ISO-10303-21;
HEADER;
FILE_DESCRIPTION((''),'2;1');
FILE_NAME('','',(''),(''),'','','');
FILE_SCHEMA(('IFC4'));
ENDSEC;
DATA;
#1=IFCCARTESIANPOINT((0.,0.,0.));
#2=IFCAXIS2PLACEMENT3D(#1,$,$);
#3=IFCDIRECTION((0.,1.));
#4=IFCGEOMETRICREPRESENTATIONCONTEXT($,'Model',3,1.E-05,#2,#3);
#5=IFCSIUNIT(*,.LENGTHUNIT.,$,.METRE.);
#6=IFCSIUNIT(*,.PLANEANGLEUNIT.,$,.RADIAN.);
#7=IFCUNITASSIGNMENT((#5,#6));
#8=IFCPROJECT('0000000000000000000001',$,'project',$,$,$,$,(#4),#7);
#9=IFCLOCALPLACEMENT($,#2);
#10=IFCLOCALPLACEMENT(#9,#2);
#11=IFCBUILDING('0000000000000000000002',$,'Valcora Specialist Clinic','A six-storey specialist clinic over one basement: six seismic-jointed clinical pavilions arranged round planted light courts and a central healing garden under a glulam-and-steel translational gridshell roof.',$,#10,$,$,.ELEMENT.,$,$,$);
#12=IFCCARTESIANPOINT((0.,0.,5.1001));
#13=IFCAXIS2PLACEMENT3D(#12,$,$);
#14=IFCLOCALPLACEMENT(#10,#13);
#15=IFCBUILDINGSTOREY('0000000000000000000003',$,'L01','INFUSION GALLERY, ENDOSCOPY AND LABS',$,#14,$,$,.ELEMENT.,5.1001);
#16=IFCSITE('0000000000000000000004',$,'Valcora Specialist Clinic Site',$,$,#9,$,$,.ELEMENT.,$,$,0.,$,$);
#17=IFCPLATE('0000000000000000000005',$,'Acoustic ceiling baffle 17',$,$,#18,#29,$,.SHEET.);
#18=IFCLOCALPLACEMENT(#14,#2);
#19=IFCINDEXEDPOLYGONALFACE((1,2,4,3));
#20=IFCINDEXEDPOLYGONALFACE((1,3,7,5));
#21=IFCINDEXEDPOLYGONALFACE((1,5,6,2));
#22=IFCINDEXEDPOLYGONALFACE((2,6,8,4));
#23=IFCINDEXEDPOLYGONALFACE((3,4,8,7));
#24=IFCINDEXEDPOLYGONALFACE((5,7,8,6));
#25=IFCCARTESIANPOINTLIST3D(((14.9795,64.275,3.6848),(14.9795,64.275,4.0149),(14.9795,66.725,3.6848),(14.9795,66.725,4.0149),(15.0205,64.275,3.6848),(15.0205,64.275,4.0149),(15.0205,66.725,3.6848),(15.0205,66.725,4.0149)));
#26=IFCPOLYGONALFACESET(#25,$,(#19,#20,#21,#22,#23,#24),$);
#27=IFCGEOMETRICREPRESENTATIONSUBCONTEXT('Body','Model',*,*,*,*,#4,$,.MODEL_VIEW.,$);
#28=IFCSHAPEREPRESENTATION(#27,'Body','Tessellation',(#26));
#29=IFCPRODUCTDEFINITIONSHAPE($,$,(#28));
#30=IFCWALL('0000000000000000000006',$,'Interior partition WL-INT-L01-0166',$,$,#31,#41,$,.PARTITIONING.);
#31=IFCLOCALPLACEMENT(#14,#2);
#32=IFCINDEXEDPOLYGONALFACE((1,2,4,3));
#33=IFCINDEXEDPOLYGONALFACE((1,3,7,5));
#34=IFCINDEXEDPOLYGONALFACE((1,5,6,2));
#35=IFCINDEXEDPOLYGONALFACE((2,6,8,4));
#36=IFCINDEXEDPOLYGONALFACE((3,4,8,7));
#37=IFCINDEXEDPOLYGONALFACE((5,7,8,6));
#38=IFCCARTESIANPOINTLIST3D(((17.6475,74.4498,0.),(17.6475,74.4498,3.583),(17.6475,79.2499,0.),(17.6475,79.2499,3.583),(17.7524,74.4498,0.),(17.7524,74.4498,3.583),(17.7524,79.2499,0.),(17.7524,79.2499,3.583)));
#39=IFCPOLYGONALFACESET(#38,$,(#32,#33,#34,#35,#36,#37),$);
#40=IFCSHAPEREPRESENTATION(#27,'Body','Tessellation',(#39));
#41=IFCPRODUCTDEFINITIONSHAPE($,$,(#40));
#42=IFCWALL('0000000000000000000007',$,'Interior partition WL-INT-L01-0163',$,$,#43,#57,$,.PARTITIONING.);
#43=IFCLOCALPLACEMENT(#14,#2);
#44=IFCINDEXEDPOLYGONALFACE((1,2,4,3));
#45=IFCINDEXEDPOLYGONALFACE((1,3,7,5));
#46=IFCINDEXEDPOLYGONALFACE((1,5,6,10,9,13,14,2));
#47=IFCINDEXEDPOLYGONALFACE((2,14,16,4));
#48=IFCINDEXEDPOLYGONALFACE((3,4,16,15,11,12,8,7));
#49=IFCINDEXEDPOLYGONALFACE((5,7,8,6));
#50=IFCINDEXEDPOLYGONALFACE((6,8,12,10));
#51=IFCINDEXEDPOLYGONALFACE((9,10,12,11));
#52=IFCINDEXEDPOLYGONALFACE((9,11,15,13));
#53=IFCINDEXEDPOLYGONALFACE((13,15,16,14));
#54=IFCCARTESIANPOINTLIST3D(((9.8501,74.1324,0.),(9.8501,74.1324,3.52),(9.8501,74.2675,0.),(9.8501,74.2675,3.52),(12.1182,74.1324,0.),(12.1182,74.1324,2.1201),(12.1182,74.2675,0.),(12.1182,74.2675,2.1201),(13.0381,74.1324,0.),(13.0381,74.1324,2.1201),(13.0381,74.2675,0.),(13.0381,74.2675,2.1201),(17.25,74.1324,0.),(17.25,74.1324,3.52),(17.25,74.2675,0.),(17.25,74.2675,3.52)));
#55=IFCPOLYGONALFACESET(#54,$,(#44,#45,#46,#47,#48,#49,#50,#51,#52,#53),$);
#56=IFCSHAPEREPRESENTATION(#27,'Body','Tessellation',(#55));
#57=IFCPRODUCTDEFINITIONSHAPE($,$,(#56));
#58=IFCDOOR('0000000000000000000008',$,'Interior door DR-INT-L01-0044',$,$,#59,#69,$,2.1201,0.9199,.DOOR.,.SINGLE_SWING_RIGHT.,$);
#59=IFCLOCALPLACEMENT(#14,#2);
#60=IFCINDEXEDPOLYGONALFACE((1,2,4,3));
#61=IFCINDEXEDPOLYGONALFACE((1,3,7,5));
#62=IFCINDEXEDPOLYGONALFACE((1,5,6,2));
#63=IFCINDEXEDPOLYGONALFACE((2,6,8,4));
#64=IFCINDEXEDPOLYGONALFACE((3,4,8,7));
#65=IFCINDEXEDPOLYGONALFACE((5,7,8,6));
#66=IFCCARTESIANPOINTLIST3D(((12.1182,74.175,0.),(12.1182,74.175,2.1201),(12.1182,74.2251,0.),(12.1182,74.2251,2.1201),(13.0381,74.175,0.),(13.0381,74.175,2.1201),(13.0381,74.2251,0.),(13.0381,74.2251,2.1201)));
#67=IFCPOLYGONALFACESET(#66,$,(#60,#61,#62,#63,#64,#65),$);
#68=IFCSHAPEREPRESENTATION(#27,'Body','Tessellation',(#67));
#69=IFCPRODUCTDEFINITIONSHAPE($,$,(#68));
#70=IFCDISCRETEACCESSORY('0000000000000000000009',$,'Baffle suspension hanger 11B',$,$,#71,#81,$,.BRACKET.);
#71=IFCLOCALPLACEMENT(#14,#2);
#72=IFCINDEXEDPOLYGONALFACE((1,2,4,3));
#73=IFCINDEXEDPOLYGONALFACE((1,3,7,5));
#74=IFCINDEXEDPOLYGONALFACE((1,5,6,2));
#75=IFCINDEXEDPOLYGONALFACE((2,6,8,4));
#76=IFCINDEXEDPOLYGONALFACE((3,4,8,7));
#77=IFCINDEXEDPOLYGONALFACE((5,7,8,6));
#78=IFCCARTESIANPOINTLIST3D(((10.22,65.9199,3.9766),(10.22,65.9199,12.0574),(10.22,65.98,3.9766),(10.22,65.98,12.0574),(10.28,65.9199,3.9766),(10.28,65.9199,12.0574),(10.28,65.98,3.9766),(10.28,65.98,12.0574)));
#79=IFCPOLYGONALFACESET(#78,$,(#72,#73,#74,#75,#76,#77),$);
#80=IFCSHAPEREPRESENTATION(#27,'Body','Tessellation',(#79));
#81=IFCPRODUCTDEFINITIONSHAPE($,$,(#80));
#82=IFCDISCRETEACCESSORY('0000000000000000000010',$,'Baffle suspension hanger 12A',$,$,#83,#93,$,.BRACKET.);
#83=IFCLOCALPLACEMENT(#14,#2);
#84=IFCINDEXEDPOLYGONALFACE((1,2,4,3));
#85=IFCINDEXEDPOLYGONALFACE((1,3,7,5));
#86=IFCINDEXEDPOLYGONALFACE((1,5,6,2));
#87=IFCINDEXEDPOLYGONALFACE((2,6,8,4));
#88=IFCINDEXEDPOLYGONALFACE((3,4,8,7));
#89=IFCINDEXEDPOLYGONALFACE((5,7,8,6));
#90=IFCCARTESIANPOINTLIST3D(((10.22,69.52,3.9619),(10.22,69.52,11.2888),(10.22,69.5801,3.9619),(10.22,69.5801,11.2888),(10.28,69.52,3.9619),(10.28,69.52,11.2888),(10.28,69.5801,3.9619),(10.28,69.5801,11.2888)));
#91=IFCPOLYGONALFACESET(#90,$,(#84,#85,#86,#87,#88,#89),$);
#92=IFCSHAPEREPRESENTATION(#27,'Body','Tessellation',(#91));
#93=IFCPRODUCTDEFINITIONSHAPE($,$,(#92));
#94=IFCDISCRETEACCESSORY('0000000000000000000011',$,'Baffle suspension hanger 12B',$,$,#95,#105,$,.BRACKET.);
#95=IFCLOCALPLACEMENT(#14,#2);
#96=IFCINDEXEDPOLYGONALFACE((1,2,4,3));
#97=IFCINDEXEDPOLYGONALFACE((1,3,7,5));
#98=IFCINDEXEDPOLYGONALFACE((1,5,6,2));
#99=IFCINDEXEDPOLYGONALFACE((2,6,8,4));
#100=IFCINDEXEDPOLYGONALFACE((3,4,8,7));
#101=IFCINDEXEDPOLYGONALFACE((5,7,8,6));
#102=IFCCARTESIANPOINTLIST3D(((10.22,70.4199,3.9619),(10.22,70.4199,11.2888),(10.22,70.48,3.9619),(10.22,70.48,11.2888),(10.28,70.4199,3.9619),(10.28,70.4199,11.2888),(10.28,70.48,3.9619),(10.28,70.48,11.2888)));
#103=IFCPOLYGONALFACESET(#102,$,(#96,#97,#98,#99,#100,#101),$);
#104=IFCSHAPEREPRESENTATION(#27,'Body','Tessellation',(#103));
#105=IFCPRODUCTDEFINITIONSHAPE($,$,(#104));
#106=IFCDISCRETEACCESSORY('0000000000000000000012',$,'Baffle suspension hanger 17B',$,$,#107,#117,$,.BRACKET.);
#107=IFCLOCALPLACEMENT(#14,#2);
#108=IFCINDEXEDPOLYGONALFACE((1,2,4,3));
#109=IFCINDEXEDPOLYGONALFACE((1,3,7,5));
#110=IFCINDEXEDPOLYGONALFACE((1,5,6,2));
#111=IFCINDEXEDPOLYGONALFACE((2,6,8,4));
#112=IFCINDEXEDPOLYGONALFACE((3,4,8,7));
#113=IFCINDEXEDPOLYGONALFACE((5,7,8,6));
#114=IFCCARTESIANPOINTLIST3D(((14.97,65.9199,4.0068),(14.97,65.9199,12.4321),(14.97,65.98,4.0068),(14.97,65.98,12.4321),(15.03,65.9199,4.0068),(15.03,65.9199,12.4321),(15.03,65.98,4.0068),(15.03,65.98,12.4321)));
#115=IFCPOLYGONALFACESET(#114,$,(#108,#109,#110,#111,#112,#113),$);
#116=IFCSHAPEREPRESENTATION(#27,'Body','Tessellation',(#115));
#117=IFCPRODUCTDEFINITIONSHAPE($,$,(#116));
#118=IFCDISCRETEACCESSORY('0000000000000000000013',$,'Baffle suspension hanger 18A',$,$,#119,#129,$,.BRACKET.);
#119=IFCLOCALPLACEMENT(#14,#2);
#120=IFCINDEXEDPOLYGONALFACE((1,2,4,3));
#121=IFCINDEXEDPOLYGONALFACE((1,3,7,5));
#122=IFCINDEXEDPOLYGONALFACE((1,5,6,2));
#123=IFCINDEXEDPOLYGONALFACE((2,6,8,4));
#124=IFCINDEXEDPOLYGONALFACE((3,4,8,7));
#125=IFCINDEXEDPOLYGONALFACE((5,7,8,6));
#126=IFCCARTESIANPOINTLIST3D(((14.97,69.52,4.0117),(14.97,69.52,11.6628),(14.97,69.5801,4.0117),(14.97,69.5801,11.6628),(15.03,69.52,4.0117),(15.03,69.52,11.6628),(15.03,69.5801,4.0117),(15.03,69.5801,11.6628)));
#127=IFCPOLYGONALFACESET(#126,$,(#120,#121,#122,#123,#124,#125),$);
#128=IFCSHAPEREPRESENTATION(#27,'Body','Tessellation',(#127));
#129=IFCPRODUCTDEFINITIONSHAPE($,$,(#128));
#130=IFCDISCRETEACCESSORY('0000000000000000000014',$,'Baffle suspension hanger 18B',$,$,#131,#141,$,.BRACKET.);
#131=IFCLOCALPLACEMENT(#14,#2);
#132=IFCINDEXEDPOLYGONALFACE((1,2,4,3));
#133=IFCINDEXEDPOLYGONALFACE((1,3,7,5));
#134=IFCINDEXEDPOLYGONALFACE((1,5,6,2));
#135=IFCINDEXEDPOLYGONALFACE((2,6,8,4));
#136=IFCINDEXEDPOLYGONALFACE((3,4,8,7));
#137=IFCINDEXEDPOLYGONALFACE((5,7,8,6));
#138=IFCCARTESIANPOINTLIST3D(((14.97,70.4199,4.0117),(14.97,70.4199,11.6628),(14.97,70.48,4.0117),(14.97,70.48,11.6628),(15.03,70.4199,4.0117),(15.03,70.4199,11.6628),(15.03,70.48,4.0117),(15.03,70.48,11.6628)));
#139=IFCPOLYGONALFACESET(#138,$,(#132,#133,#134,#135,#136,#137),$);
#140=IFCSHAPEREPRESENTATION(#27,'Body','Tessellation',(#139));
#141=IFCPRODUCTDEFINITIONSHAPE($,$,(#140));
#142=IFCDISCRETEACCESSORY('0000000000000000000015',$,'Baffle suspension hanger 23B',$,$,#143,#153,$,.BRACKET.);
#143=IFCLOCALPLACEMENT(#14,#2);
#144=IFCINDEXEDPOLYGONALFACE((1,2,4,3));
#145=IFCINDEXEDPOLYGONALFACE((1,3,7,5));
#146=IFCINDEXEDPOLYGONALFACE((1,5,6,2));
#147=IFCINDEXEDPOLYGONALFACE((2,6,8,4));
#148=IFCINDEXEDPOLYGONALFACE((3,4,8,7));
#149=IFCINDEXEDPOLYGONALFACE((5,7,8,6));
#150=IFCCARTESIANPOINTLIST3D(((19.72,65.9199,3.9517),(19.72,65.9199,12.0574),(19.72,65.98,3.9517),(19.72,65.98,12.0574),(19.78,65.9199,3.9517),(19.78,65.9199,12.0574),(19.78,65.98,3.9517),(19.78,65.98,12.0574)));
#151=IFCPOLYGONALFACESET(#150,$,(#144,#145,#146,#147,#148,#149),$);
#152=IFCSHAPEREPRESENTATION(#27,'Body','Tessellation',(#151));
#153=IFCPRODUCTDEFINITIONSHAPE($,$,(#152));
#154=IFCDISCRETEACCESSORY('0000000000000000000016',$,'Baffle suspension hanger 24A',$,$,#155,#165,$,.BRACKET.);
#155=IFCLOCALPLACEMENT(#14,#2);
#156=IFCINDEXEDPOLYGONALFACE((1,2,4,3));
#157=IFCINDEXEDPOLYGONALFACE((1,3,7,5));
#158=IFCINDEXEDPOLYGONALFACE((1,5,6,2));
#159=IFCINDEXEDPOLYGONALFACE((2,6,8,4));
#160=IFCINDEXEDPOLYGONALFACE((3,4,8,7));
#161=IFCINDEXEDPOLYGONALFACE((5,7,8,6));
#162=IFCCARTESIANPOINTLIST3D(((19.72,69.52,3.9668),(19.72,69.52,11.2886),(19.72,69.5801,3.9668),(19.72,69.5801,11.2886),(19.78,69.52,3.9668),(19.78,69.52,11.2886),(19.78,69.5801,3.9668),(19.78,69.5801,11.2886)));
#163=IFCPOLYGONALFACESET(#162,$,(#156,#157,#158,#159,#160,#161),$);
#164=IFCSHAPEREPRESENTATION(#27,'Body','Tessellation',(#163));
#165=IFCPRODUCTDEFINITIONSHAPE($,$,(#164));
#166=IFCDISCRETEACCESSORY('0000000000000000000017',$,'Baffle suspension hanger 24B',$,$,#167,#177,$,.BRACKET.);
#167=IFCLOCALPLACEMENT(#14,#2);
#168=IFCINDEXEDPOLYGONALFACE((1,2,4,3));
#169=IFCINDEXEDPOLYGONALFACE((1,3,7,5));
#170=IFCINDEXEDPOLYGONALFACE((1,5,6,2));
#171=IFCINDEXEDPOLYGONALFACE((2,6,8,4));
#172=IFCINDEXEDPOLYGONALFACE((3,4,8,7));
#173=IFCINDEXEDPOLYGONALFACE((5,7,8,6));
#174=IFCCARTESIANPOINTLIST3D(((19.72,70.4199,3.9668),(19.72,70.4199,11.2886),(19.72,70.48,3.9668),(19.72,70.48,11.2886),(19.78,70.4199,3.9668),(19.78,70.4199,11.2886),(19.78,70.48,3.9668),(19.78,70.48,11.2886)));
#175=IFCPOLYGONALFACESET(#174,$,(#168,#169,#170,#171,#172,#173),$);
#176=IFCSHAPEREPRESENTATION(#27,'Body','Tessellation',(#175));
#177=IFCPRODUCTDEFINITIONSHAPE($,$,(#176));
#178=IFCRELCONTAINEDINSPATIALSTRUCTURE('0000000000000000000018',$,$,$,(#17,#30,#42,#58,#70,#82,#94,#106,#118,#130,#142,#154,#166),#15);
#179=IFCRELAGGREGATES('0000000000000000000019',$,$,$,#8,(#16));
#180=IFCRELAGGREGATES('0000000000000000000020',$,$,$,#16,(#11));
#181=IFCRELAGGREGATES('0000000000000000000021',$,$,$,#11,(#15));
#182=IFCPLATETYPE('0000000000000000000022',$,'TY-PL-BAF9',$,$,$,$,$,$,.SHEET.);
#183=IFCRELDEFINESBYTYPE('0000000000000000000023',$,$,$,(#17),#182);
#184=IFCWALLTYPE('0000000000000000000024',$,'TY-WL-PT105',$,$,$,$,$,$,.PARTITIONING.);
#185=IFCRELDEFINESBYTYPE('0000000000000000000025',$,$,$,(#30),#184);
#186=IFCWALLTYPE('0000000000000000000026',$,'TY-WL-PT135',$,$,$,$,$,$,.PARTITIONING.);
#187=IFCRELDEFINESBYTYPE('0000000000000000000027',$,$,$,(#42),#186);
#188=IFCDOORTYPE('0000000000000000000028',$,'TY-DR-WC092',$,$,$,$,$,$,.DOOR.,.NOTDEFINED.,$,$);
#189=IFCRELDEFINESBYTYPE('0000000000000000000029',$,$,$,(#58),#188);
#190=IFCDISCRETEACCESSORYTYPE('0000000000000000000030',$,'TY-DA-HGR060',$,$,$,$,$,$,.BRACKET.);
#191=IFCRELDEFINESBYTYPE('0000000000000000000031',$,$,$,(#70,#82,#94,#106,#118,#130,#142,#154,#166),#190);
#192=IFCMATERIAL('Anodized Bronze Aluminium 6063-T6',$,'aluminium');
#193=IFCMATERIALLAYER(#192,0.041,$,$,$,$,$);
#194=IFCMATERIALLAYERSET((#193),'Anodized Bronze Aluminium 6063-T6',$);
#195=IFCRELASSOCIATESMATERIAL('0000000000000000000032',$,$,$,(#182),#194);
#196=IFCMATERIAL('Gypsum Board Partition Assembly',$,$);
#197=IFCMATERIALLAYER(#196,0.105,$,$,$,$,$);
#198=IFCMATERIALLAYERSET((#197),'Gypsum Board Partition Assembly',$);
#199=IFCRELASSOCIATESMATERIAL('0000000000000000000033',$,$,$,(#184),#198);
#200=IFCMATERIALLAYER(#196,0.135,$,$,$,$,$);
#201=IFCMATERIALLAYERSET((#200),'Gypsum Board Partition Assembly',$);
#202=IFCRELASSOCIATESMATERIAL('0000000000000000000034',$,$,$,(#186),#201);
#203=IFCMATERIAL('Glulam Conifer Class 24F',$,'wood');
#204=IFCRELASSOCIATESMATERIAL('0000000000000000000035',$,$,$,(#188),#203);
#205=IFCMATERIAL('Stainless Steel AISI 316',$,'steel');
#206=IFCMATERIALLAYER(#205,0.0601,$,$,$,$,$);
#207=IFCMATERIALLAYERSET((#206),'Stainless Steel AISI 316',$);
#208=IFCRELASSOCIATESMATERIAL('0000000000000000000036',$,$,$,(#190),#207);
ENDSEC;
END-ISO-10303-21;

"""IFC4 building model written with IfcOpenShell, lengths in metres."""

from ifc_helpers import new_model, si_unit, direction, frame, frame_2d, origin, origin_2d, place, context, subcontext, project, spatial, rectangle, extrude, material, layer, layer_set, type_object, element, fill, save


model = new_model("IFC4")

# Units and contexts
model_context = context("Model", 3, precision=1e-05, world=origin(), true_north=direction((0.0, 1.0)))
body_context = subcontext(model_context, "Body", "Model", "MODEL_VIEW")
ifc_project = project(units=[si_unit("LENGTHUNIT", "METRE"), si_unit("PLANEANGLEUNIT", "RADIAN")], contexts=[model_context])

# Site, building, storey
site_placement = place(None, origin())
site = spatial("IfcSite", under=ifc_project, at=site_placement, Name="Valcora Specialist Clinic Site", CompositionType="ELEMENT", RefElevation=0.0)
building_placement = place(site_placement, origin())
building = spatial("IfcBuilding", under=site, at=building_placement, Name="Valcora Specialist Clinic", Description="A six-storey specialist clinic over one basement: six seismic-jointed clinical pavilions arranged round planted light courts and a central healing garden under a glulam-and-steel translational gridshell roof.", CompositionType="ELEMENT")
storey_placement = place(building_placement, frame((0.0, 0.0, 5.1001)))
storey = spatial("IfcBuildingStorey", under=building, at=storey_placement, Name="L01", Description="INFUSION GALLERY, ENDOSCOPY AND LABS", CompositionType="ELEMENT", Elevation=5.1001)

# Plate
ifc_material_1 = material(Name="Anodized Bronze Aluminium 6063-T6", Category="aluminium")
ifc_layer_1 = layer(ifc_material_1, 0.041)
ifc_layer_set_1 = layer_set([ifc_layer_1], Name="Anodized Bronze Aluminium 6063-T6")
plate_type_1 = type_object("IfcPlateType", Name="TY-PL-BAF9", PredefinedType="SHEET", material=ifc_layer_set_1)
plate_1_placement = place(storey_placement, frame((15.0, 65.5, 3.6848), z_axis=(0.0, 0.0, 1.0), x_axis=(0.0, 1.0, 0.0)))
element("IfcPlate", 1, at=plate_1_placement, inside=storey, type_object=plate_type_1, Name="Acoustic ceiling baffle 17", PredefinedType="SHEET", context=body_context, shape_type="SweptSolid", body=[
    extrude(rectangle(XDim=2.45, YDim=0.041, at=origin_2d()), origin(), (0.0, 0.0, 1.0), 0.3301),
])

# Wall
ifc_material_2 = material(Name="Gypsum Board Partition Assembly")
ifc_layer_2 = layer(ifc_material_2, 0.105)
ifc_layer_set_2 = layer_set([ifc_layer_2], Name="Gypsum Board Partition Assembly")
wall_type_1 = type_object("IfcWallType", Name="TY-WL-PT105", PredefinedType="PARTITIONING", material=ifc_layer_set_2)
wall_1_placement = place(storey_placement, frame((17.7, 74.45, 0.0), z_axis=(0.0, 0.0, 1.0), x_axis=(0.0, 1.0, 0.0)))
element("IfcWall", 2, at=wall_1_placement, inside=storey, type_object=wall_type_1, Name="Interior partition WL-INT-L01-0166", PredefinedType="PARTITIONING", context=body_context, shape_type="SweptSolid", body=[
    extrude(rectangle(XDim=4.8, YDim=0.105, at=frame_2d((2.3999, 0.0))), origin(), (0.0, 0.0, 1.0), 3.583),
])

# Wall, opening, door
ifc_layer_3 = layer(ifc_material_2, 0.135)
ifc_layer_set_3 = layer_set([ifc_layer_3], Name="Gypsum Board Partition Assembly")
wall_type_2 = type_object("IfcWallType", Name="TY-WL-PT135", PredefinedType="PARTITIONING", material=ifc_layer_set_3)
wall_2_placement = place(storey_placement, frame((17.25, 74.2, 0.0), z_axis=(0.0, 0.0, 1.0), x_axis=(-1.0, 0.0, 0.0)))
wall_2 = element("IfcWall", 3, at=wall_2_placement, inside=storey, type_object=wall_type_2, Name="Interior partition WL-INT-L01-0163", PredefinedType="PARTITIONING", context=body_context, shape_type="SweptSolid", body=[
    extrude(rectangle(XDim=7.3999, YDim=0.135, at=frame_2d((3.7, 0.0))), origin(), (0.0, 0.0, 1.0), 3.52),
])
opening_placement = place(wall_2_placement, frame((4.2119, 0.0, 0.0)))
opening = element("IfcOpeningElement", 4, at=opening_placement, cuts=wall_2, PredefinedType="OPENING", context=body_context, shape_type="SweptSolid", body=[
    extrude(rectangle(XDim=0.9199, YDim=2.1201, at=frame_2d((0.46, 1.0601))), frame((0.0, 0.0774, 0.0), z_axis=(0.0, -1.0, 0.0), x_axis=(1.0, 0.0, 0.0)), (0.0, 0.0, 1.0), 0.155),
])
ifc_material_3 = material(Name="Glulam Conifer Class 24F", Category="wood")
door_type = type_object("IfcDoorType", Name="TY-DR-WC092", OperationType="NOTDEFINED", PredefinedType="DOOR", material=ifc_material_3)
door_placement = place(opening_placement, origin())
door = element("IfcDoor", 5, at=door_placement, inside=storey, type_object=door_type, Name="Interior door DR-INT-L01-0044", OperationType="SINGLE_SWING_RIGHT", OverallHeight=2.1201, OverallWidth=0.9199, PredefinedType="DOOR", context=body_context, shape_type="SweptSolid", body=[
    extrude(rectangle(XDim=0.9199, YDim=2.1201, at=frame_2d((0.46, 1.0601))), frame((0.0, 0.0249, 0.0), z_axis=(0.0, -1.0, 0.0), x_axis=(1.0, 0.0, 0.0)), (0.0, 0.0, 1.0), 0.05),
])
fill(opening, door)

# Shared definitions
ifc_material_4 = material(Name="Stainless Steel AISI 316", Category="steel")

# Discrete accessories
ifc_layer_4 = layer(ifc_material_4, 0.0601)
ifc_layer_set_4 = layer_set([ifc_layer_4], Name="Stainless Steel AISI 316")
discrete_accessory_type = type_object("IfcDiscreteAccessoryType", Name="TY-DA-HGR060", PredefinedType="BRACKET", material=ifc_layer_set_4)
discrete_accessory_1_placement = place(storey_placement, frame((10.25, 65.95, 3.9766), z_axis=(0.0, 0.0, 1.0), x_axis=(1.0, 0.0, 0.0)))
element("IfcDiscreteAccessory", 6, at=discrete_accessory_1_placement, inside=storey, type_object=discrete_accessory_type, Name="Baffle suspension hanger 11B", PredefinedType="BRACKET", context=body_context, shape_type="SweptSolid", body=[
    extrude(rectangle(XDim=0.0601, YDim=0.0601, at=origin_2d()), origin(), (0.0, 0.0, 1.0), 8.0808),
])
for number, where, z_axis, x_axis, name in (
    (7, (10.25, 69.55, 3.9619), (0.0, 0.0, 1.0), (1.0, 0.0, 0.0), "Baffle suspension hanger 12A"),
    (8, (10.25, 70.45, 3.9619), (0.0, 0.0, 1.0), (1.0, 0.0, 0.0), "Baffle suspension hanger 12B"),
):
    element("IfcDiscreteAccessory", number, at=place(storey_placement, frame(where, z_axis=z_axis, x_axis=x_axis)), inside=storey, type_object=discrete_accessory_type, Name=name, PredefinedType="BRACKET", context=body_context, shape_type="SweptSolid", body=[
        extrude(rectangle(XDim=0.0601, YDim=0.0601, at=origin_2d()), origin(), (0.0, 0.0, 1.0), 7.3269),
    ])
discrete_accessory_2_placement = place(storey_placement, frame((15.0, 65.95, 4.0068), z_axis=(0.0, 0.0, 1.0), x_axis=(1.0, 0.0, 0.0)))
element("IfcDiscreteAccessory", 9, at=discrete_accessory_2_placement, inside=storey, type_object=discrete_accessory_type, Name="Baffle suspension hanger 17B", PredefinedType="BRACKET", context=body_context, shape_type="SweptSolid", body=[
    extrude(rectangle(XDim=0.0601, YDim=0.0601, at=origin_2d()), origin(), (0.0, 0.0, 1.0), 8.4253),
])
for number, where, z_axis, x_axis, name in (
    (10, (15.0, 69.55, 4.0117), (0.0, 0.0, 1.0), (1.0, 0.0, 0.0), "Baffle suspension hanger 18A"),
    (11, (15.0, 70.45, 4.0117), (0.0, 0.0, 1.0), (1.0, 0.0, 0.0), "Baffle suspension hanger 18B"),
):
    element("IfcDiscreteAccessory", number, at=place(storey_placement, frame(where, z_axis=z_axis, x_axis=x_axis)), inside=storey, type_object=discrete_accessory_type, Name=name, PredefinedType="BRACKET", context=body_context, shape_type="SweptSolid", body=[
        extrude(rectangle(XDim=0.0601, YDim=0.0601, at=origin_2d()), origin(), (0.0, 0.0, 1.0), 7.6511),
    ])
discrete_accessory_3_placement = place(storey_placement, frame((19.75, 65.95, 3.9517), z_axis=(0.0, 0.0, 1.0), x_axis=(1.0, 0.0, 0.0)))
element("IfcDiscreteAccessory", 12, at=discrete_accessory_3_placement, inside=storey, type_object=discrete_accessory_type, Name="Baffle suspension hanger 23B", PredefinedType="BRACKET", context=body_context, shape_type="SweptSolid", body=[
    extrude(rectangle(XDim=0.0601, YDim=0.0601, at=origin_2d()), origin(), (0.0, 0.0, 1.0), 8.1057),
])
for number, where, z_axis, x_axis, name in (
    (13, (19.75, 69.55, 3.9668), (0.0, 0.0, 1.0), (1.0, 0.0, 0.0), "Baffle suspension hanger 24A"),
    (14, (19.75, 70.45, 3.9668), (0.0, 0.0, 1.0), (1.0, 0.0, 0.0), "Baffle suspension hanger 24B"),
):
    element("IfcDiscreteAccessory", number, at=place(storey_placement, frame(where, z_axis=z_axis, x_axis=x_axis)), inside=storey, type_object=discrete_accessory_type, Name=name, PredefinedType="BRACKET", context=body_context, shape_type="SweptSolid", body=[
        extrude(rectangle(XDim=0.0601, YDim=0.0601, at=origin_2d()), origin(), (0.0, 0.0, 1.0), 7.3218),
    ])

save(model, "model.ifc")
